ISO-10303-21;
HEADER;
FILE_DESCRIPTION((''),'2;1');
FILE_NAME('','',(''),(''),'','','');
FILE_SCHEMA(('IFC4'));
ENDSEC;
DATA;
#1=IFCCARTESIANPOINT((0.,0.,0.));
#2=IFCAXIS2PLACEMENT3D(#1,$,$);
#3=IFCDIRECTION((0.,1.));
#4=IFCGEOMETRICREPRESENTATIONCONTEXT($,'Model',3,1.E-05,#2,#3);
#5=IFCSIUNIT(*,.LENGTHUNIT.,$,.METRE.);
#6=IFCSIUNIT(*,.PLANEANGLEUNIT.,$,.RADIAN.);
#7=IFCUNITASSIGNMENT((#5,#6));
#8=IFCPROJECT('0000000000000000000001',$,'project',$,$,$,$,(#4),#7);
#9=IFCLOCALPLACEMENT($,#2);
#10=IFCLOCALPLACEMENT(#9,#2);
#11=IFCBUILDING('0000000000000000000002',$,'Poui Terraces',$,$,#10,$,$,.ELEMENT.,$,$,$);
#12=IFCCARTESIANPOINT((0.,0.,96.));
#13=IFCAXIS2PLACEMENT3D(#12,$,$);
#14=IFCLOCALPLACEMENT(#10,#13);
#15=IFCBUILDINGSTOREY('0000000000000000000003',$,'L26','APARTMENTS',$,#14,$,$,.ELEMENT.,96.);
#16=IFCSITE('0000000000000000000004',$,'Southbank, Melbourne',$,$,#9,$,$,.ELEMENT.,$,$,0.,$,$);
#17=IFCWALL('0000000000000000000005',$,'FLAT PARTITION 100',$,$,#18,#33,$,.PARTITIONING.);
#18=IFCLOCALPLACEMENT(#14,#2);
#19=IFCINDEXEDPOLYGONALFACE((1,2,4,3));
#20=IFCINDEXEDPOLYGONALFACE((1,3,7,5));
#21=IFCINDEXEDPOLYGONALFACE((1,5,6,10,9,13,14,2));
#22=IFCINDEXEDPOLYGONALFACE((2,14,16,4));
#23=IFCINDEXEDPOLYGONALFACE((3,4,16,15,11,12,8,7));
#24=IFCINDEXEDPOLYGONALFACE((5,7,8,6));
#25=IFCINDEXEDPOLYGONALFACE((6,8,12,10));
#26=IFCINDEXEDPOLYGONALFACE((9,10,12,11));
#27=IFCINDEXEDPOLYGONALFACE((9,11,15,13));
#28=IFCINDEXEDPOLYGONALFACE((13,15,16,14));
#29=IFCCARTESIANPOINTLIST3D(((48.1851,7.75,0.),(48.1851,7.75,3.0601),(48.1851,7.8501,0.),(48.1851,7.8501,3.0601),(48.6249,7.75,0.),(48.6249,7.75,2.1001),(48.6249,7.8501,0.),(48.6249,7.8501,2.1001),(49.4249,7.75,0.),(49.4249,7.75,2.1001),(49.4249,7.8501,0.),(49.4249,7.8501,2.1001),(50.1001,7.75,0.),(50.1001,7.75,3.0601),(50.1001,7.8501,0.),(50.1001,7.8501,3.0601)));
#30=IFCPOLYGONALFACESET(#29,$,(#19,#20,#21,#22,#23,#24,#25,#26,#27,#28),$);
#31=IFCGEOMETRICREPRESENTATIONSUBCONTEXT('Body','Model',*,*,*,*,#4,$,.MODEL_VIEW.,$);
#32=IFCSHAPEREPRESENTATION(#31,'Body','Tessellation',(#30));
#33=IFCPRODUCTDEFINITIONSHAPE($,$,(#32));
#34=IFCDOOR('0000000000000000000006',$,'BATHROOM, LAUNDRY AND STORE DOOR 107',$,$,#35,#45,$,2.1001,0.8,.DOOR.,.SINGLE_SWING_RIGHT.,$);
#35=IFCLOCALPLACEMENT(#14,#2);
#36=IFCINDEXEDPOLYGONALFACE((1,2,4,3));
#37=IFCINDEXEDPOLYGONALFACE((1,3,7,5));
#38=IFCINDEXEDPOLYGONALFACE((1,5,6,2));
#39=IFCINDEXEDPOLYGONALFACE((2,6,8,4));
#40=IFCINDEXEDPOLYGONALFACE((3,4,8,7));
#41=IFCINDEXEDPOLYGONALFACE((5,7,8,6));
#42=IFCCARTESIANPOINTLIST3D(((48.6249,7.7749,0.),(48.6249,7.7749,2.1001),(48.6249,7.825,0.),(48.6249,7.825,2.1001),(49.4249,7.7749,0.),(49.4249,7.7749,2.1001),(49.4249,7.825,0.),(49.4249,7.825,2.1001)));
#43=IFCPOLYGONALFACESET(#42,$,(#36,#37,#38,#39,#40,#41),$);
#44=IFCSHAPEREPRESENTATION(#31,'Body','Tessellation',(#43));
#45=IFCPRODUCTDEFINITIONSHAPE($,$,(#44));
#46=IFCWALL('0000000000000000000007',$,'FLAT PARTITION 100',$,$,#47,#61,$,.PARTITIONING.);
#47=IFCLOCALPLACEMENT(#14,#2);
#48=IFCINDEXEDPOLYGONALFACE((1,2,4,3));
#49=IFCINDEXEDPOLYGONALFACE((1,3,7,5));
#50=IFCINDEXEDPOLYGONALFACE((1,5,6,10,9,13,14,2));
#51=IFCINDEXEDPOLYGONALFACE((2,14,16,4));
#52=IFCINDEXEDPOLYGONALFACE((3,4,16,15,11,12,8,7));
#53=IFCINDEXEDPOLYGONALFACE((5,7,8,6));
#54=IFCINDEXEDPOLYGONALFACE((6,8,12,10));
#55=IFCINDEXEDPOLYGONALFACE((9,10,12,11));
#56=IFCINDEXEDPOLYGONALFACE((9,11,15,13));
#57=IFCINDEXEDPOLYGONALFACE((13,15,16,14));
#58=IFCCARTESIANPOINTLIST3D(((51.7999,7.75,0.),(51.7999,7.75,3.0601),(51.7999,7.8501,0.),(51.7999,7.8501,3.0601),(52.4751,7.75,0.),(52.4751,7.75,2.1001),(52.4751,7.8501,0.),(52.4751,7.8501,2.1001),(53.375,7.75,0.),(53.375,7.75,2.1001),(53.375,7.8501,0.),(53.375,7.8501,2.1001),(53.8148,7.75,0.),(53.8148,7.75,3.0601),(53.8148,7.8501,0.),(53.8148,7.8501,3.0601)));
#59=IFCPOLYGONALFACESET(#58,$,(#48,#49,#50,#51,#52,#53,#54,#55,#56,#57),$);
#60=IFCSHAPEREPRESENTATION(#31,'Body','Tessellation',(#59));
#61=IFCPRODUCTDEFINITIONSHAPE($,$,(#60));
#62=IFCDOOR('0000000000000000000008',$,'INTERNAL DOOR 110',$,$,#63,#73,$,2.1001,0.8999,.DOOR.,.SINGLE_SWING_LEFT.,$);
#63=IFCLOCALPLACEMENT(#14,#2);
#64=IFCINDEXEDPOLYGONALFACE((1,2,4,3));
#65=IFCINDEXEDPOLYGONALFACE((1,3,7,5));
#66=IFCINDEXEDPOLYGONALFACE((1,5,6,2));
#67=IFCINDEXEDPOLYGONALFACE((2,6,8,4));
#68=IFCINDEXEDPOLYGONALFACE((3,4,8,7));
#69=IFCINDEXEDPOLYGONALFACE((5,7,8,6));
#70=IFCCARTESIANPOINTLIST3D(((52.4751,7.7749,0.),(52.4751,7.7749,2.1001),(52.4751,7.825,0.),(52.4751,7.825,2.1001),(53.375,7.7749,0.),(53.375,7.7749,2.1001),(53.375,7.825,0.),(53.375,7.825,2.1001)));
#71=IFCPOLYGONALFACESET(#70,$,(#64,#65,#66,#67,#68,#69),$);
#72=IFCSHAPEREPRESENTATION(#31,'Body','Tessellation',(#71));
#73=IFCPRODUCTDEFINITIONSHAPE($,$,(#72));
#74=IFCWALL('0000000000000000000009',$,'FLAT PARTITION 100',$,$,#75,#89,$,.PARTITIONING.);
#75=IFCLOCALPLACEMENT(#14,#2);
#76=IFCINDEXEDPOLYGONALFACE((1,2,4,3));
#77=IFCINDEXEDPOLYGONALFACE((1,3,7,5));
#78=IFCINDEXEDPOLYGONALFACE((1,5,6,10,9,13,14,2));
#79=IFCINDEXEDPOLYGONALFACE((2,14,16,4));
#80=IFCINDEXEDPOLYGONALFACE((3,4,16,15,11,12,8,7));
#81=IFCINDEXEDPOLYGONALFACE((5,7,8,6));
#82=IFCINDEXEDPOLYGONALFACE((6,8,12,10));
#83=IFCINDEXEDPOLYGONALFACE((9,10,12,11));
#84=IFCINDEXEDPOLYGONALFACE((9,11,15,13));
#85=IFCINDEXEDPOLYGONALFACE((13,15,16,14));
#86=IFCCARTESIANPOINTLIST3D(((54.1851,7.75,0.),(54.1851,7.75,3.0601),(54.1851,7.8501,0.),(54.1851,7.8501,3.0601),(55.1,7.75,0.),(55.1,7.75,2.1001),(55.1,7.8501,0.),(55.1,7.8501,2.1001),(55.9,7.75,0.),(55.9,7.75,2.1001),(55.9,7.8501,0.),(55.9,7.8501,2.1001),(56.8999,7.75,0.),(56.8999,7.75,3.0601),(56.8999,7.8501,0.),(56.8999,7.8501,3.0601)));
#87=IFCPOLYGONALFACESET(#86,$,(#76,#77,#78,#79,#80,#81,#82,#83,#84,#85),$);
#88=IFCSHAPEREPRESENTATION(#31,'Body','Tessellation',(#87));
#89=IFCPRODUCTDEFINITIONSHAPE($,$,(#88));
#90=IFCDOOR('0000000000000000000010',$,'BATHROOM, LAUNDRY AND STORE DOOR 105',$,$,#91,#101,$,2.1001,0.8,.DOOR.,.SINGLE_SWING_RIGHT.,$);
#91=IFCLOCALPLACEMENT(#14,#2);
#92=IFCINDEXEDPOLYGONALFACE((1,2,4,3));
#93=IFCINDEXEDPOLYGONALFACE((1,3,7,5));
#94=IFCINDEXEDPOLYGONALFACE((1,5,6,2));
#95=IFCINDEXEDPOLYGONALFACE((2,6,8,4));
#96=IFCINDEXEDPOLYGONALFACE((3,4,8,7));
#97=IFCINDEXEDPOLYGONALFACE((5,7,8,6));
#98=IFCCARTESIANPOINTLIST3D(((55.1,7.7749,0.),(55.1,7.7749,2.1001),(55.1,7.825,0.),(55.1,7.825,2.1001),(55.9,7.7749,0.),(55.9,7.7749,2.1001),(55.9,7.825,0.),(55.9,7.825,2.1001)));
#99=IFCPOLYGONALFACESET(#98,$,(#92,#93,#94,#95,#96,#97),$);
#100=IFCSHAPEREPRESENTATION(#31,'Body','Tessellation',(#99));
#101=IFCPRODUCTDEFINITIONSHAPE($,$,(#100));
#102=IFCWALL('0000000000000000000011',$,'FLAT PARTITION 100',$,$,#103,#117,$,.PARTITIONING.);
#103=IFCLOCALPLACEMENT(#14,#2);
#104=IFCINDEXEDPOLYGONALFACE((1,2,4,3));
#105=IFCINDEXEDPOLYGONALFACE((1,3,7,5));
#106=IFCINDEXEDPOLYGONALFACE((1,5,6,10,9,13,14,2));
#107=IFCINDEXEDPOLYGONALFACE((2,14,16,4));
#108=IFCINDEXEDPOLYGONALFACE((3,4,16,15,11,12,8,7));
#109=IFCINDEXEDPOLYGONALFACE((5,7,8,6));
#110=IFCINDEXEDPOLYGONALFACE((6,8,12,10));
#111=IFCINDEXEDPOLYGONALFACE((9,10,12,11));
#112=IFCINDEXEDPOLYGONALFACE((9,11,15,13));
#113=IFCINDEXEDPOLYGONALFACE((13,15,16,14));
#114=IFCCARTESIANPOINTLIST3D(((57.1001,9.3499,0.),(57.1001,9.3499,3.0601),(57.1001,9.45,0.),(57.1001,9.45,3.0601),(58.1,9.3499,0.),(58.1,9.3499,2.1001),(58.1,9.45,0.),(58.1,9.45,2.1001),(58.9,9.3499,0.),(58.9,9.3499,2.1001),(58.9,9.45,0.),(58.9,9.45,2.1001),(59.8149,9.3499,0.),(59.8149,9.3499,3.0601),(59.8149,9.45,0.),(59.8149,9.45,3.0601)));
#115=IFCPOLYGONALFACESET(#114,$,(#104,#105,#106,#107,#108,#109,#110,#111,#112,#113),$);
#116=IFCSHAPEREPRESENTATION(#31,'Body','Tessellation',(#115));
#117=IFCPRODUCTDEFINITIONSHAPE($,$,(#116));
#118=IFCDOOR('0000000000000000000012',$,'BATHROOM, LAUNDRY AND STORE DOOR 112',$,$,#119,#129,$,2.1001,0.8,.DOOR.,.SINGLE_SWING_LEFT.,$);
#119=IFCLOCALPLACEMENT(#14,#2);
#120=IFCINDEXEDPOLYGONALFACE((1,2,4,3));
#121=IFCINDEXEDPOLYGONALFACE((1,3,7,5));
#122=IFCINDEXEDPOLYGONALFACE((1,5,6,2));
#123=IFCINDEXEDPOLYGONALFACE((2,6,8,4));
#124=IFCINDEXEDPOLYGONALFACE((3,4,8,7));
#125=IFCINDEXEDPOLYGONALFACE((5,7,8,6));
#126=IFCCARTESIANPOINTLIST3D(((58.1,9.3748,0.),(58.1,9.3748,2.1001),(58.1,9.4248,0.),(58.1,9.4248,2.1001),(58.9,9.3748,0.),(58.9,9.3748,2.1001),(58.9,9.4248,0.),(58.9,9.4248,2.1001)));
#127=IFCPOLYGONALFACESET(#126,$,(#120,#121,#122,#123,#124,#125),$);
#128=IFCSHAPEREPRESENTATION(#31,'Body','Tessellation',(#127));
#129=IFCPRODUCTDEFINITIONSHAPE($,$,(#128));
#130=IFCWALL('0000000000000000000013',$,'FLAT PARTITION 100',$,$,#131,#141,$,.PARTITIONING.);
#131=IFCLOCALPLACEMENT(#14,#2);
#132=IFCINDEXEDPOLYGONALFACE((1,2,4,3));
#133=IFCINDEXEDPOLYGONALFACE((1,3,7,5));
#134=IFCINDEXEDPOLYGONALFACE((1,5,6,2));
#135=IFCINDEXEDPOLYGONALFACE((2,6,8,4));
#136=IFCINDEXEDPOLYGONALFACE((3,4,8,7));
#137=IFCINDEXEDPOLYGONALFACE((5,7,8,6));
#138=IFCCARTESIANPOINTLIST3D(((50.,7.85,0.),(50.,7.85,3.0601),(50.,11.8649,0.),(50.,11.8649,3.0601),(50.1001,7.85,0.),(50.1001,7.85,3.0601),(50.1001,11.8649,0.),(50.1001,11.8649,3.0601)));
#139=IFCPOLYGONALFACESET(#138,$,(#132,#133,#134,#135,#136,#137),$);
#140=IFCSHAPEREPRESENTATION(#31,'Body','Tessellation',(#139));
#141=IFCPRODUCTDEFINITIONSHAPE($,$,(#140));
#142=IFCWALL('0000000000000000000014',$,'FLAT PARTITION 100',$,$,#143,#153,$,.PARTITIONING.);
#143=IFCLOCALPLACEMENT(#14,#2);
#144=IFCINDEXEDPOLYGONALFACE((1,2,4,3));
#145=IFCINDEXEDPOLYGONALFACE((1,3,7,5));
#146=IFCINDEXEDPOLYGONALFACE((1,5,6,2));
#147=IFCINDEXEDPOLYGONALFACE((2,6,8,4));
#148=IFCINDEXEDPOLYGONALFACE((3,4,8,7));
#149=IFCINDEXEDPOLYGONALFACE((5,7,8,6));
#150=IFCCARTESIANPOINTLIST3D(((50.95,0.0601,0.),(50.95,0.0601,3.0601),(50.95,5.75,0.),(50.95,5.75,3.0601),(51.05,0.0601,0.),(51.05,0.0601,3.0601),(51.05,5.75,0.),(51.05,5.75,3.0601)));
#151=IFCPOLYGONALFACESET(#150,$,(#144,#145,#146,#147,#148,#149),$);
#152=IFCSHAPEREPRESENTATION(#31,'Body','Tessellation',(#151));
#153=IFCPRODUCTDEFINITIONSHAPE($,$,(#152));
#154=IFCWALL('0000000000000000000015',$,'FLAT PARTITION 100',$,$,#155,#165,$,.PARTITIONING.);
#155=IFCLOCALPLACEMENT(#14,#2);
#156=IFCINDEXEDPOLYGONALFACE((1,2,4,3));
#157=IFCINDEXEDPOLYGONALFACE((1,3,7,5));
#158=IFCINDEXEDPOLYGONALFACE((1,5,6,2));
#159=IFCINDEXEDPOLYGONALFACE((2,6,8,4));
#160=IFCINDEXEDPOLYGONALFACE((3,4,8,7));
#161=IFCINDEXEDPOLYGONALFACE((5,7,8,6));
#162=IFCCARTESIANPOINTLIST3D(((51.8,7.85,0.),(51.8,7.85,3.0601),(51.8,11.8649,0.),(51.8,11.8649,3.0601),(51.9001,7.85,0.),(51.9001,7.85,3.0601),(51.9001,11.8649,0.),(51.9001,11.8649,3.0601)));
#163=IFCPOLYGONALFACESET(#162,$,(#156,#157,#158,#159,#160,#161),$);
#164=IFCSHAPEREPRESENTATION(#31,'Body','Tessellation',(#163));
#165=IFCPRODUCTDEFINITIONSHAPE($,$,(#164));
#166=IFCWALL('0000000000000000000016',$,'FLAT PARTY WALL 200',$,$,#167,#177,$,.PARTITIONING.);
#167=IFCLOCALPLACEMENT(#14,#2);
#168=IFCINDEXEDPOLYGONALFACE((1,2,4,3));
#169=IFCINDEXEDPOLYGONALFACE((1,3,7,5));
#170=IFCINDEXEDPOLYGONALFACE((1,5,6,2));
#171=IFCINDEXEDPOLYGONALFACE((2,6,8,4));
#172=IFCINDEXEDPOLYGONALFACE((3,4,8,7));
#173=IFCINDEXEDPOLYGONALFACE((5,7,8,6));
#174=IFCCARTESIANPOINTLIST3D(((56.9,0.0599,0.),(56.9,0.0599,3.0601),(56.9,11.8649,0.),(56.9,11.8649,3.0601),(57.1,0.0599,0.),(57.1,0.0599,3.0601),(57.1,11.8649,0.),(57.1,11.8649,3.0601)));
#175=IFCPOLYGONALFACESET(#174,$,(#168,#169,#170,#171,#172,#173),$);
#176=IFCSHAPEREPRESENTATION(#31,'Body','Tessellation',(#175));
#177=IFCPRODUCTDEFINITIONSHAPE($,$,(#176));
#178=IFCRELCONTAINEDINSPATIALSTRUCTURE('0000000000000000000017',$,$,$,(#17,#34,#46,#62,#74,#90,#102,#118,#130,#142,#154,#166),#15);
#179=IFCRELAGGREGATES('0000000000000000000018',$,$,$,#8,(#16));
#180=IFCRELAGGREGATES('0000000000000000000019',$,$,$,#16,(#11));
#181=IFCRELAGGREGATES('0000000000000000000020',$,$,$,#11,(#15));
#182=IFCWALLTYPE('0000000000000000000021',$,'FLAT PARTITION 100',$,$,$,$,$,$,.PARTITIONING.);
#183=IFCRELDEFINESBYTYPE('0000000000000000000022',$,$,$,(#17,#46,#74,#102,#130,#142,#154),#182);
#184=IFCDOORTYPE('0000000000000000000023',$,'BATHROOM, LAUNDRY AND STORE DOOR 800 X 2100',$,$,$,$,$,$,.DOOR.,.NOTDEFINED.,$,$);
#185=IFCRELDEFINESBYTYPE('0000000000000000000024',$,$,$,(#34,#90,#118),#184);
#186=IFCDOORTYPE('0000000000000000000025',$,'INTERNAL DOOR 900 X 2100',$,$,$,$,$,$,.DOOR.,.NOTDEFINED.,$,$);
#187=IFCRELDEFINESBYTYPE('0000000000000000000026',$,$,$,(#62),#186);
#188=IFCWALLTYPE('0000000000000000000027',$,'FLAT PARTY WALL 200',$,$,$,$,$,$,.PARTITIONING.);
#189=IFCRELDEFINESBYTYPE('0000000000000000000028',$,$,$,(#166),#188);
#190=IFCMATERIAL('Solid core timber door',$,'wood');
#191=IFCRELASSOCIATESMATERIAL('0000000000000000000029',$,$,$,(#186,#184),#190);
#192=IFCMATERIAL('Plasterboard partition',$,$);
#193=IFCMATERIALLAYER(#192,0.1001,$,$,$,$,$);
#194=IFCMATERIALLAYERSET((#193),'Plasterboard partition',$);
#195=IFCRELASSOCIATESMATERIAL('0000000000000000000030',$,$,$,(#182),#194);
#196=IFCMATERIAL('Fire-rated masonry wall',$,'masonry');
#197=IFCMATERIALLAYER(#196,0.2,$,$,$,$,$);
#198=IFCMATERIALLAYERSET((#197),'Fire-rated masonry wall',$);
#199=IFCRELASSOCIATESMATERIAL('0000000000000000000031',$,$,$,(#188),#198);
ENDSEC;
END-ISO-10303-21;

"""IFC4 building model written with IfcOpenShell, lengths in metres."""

from ifc_helpers import new_model, si_unit, direction, frame, frame_2d, origin, place, context, subcontext, project, spatial, rectangle, extrude, material, layer, layer_set, type_object, element, fill, save


model = new_model("IFC4")

# Units and contexts
model_context = context("Model", 3, precision=1e-05, world=origin(), true_north=direction((0.0, 1.0)))
body_context = subcontext(model_context, "Body", "Model", "MODEL_VIEW")
ifc_project = project(units=[si_unit("LENGTHUNIT", "METRE"), si_unit("PLANEANGLEUNIT", "RADIAN")], contexts=[model_context])

# Site, building, storey
site_placement = place(None, origin())
site = spatial("IfcSite", under=ifc_project, at=site_placement, Name="Southbank, Melbourne", CompositionType="ELEMENT", RefElevation=0.0)
building_placement = place(site_placement, origin())
building = spatial("IfcBuilding", under=site, at=building_placement, Name="Poui Terraces", CompositionType="ELEMENT")
storey_placement = place(building_placement, frame((0.0, 0.0, 96.0)))
storey = spatial("IfcBuildingStorey", under=building, at=storey_placement, Name="L26", Description="APARTMENTS", CompositionType="ELEMENT", Elevation=96.0)

# Walls, openings, doors
ifc_material_1 = material(Name="Solid core timber door", Category="wood")
door_type_1 = type_object("IfcDoorType", Name="INTERNAL DOOR 900 X 2100", OperationType="NOTDEFINED", PredefinedType="DOOR", material=ifc_material_1)
ifc_material_2 = material(Name="Plasterboard partition")
ifc_layer_1 = layer(ifc_material_2, 0.1001)
ifc_layer_set_1 = layer_set([ifc_layer_1], Name="Plasterboard partition")
wall_type_1 = type_object("IfcWallType", Name="FLAT PARTITION 100", PredefinedType="PARTITIONING", material=ifc_layer_set_1)
wall_1_placement = place(storey_placement, frame((48.1851, 7.8, 0.0), z_axis=(0.0, 0.0, 1.0), x_axis=(1.0, 0.0, 0.0)))
wall_1 = element("IfcWall", 1, at=wall_1_placement, inside=storey, type_object=wall_type_1, Name="FLAT PARTITION 100", PredefinedType="PARTITIONING", context=body_context, shape_type="SweptSolid", body=[
    extrude(rectangle(XDim=1.915, YDim=0.1001, at=frame_2d((0.9575, 0.0))), origin(), (0.0, 0.0, 1.0), 3.0601),
])
opening_1_placement = place(wall_1_placement, frame((0.4399, 0.0, 0.0)))
opening_1 = element("IfcOpeningElement", 2, at=opening_1_placement, cuts=wall_1, PredefinedType="OPENING", context=body_context, shape_type="SweptSolid", body=[
    extrude(rectangle(XDim=0.8, YDim=2.1001, at=frame_2d((0.3999, 1.05))), frame((0.0, 0.0601, 0.0), z_axis=(0.0, -1.0, 0.0), x_axis=(1.0, 0.0, 0.0)), (0.0, 0.0, 1.0), 0.1201),
])
door_type_2 = type_object("IfcDoorType", Name="BATHROOM, LAUNDRY AND STORE DOOR 800 X 2100", OperationType="NOTDEFINED", PredefinedType="DOOR", material=ifc_material_1)
door_1_placement = place(opening_1_placement, origin())
door_1 = element("IfcDoor", 3, at=door_1_placement, inside=storey, type_object=door_type_2, Name="BATHROOM, LAUNDRY AND STORE DOOR 107", OperationType="SINGLE_SWING_RIGHT", OverallHeight=2.1001, OverallWidth=0.8, PredefinedType="DOOR", context=body_context, shape_type="SweptSolid", body=[
    extrude(rectangle(XDim=0.8, YDim=2.1001, at=frame_2d((0.3999, 1.05))), frame((0.0, 0.0249, 0.0), z_axis=(0.0, -1.0, 0.0), x_axis=(1.0, 0.0, 0.0)), (0.0, 0.0, 1.0), 0.05),
])
fill(opening_1, door_1)
wall_2_placement = place(storey_placement, frame((51.8, 7.8, 0.0), z_axis=(0.0, 0.0, 1.0), x_axis=(1.0, 0.0, 0.0)))
wall_2 = element("IfcWall", 4, at=wall_2_placement, inside=storey, type_object=wall_type_1, Name="FLAT PARTITION 100", PredefinedType="PARTITIONING", context=body_context, shape_type="SweptSolid", body=[
    extrude(rectangle(XDim=2.0149, YDim=0.1001, at=frame_2d((1.0073, 0.0))), origin(), (0.0, 0.0, 1.0), 3.0601),
])
opening_2_placement = place(wall_2_placement, frame((0.675, 0.0, 0.0)))
opening_2 = element("IfcOpeningElement", 5, at=opening_2_placement, cuts=wall_2, PredefinedType="OPENING", context=body_context, shape_type="SweptSolid", body=[
    extrude(rectangle(XDim=0.8999, YDim=2.1001, at=frame_2d((0.45, 1.05))), frame((0.0, 0.0601, 0.0), z_axis=(0.0, -1.0, 0.0), x_axis=(1.0, 0.0, 0.0)), (0.0, 0.0, 1.0), 0.1201),
])
door_2_placement = place(opening_2_placement, origin())
door_2 = element("IfcDoor", 6, at=door_2_placement, inside=storey, type_object=door_type_1, Name="INTERNAL DOOR 110", OperationType="SINGLE_SWING_LEFT", OverallHeight=2.1001, OverallWidth=0.8999, PredefinedType="DOOR", context=body_context, shape_type="SweptSolid", body=[
    extrude(rectangle(XDim=0.8999, YDim=2.1001, at=frame_2d((0.45, 1.05))), frame((0.0, 0.0249, 0.0), z_axis=(0.0, -1.0, 0.0), x_axis=(1.0, 0.0, 0.0)), (0.0, 0.0, 1.0), 0.05),
])
fill(opening_2, door_2)
wall_3_placement = place(storey_placement, frame((54.1851, 7.8, 0.0), z_axis=(0.0, 0.0, 1.0), x_axis=(1.0, 0.0, 0.0)))
wall_3 = element("IfcWall", 7, at=wall_3_placement, inside=storey, type_object=wall_type_1, Name="FLAT PARTITION 100", PredefinedType="PARTITIONING", context=body_context, shape_type="SweptSolid", body=[
    extrude(rectangle(XDim=2.7148, YDim=0.1001, at=frame_2d((1.3574, 0.0))), origin(), (0.0, 0.0, 1.0), 3.0601),
])
opening_3_placement = place(wall_3_placement, frame((0.915, 0.0, 0.0)))
opening_3 = element("IfcOpeningElement", 8, at=opening_3_placement, cuts=wall_3, PredefinedType="OPENING", context=body_context, shape_type="SweptSolid", body=[
    extrude(rectangle(XDim=0.8, YDim=2.1001, at=frame_2d((0.3999, 1.05))), frame((0.0, 0.0601, 0.0), z_axis=(0.0, -1.0, 0.0), x_axis=(1.0, 0.0, 0.0)), (0.0, 0.0, 1.0), 0.1201),
])
door_3_placement = place(opening_3_placement, origin())
door_3 = element("IfcDoor", 9, at=door_3_placement, inside=storey, type_object=door_type_2, Name="BATHROOM, LAUNDRY AND STORE DOOR 105", OperationType="SINGLE_SWING_RIGHT", OverallHeight=2.1001, OverallWidth=0.8, PredefinedType="DOOR", context=body_context, shape_type="SweptSolid", body=[
    extrude(rectangle(XDim=0.8, YDim=2.1001, at=frame_2d((0.3999, 1.05))), frame((0.0, 0.0249, 0.0), z_axis=(0.0, -1.0, 0.0), x_axis=(1.0, 0.0, 0.0)), (0.0, 0.0, 1.0), 0.05),
])
fill(opening_3, door_3)
wall_4_placement = place(storey_placement, frame((57.1001, 9.3999, 0.0), z_axis=(0.0, 0.0, 1.0), x_axis=(1.0, 0.0, 0.0)))
wall_4 = element("IfcWall", 10, at=wall_4_placement, inside=storey, type_object=wall_type_1, Name="FLAT PARTITION 100", PredefinedType="PARTITIONING", context=body_context, shape_type="SweptSolid", body=[
    extrude(rectangle(XDim=2.7148, YDim=0.1001, at=frame_2d((1.3574, 0.0))), origin(), (0.0, 0.0, 1.0), 3.0601),
])
opening_4_placement = place(wall_4_placement, frame((1.0, 0.0, 0.0)))
opening_4 = element("IfcOpeningElement", 11, at=opening_4_placement, cuts=wall_4, PredefinedType="OPENING", context=body_context, shape_type="SweptSolid", body=[
    extrude(rectangle(XDim=0.8, YDim=2.1001, at=frame_2d((0.3999, 1.05))), frame((0.0, 0.0601, 0.0), z_axis=(0.0, -1.0, 0.0), x_axis=(1.0, 0.0, 0.0)), (0.0, 0.0, 1.0), 0.1201),
])
door_4_placement = place(opening_4_placement, origin())
door_4 = element("IfcDoor", 12, at=door_4_placement, inside=storey, type_object=door_type_2, Name="BATHROOM, LAUNDRY AND STORE DOOR 112", OperationType="SINGLE_SWING_LEFT", OverallHeight=2.1001, OverallWidth=0.8, PredefinedType="DOOR", context=body_context, shape_type="SweptSolid", body=[
    extrude(rectangle(XDim=0.8, YDim=2.1001, at=frame_2d((0.3999, 1.05))), frame((0.0, 0.0249, 0.0), z_axis=(0.0, -1.0, 0.0), x_axis=(1.0, 0.0, 0.0)), (0.0, 0.0, 1.0), 0.05),
])
fill(opening_4, door_4)

# Walls
wall_5_placement = place(storey_placement, frame((50.05, 7.8501, 0.0), z_axis=(0.0, 0.0, 1.0), x_axis=(0.0, 1.0, 0.0)))
element("IfcWall", 13, at=wall_5_placement, inside=storey, type_object=wall_type_1, Name="FLAT PARTITION 100", PredefinedType="PARTITIONING", context=body_context, shape_type="SweptSolid", body=[
    extrude(rectangle(XDim=4.0149, YDim=0.1001, at=frame_2d((2.0073, 0.0))), origin(), (0.0, 0.0, 1.0), 3.0601),
])
wall_6_placement = place(storey_placement, frame((51.0, 0.0601, 0.0), z_axis=(0.0, 0.0, 1.0), x_axis=(0.0, 1.0, 0.0)))
element("IfcWall", 14, at=wall_6_placement, inside=storey, type_object=wall_type_1, Name="FLAT PARTITION 100", PredefinedType="PARTITIONING", context=body_context, shape_type="SweptSolid", body=[
    extrude(rectangle(XDim=5.6899, YDim=0.1001, at=frame_2d((2.845, 0.0))), origin(), (0.0, 0.0, 1.0), 3.0601),
])
wall_7_placement = place(storey_placement, frame((51.8501, 7.8501, 0.0), z_axis=(0.0, 0.0, 1.0), x_axis=(0.0, 1.0, 0.0)))
element("IfcWall", 15, at=wall_7_placement, inside=storey, type_object=wall_type_1, Name="FLAT PARTITION 100", PredefinedType="PARTITIONING", context=body_context, shape_type="SweptSolid", body=[
    extrude(rectangle(XDim=4.0149, YDim=0.1001, at=frame_2d((2.0073, 0.0))), origin(), (0.0, 0.0, 1.0), 3.0601),
])
ifc_material_3 = material(Name="Fire-rated masonry wall", Category="masonry")
ifc_layer_2 = layer(ifc_material_3, 0.2)
ifc_layer_set_2 = layer_set([ifc_layer_2], Name="Fire-rated masonry wall")
wall_type_2 = type_object("IfcWallType", Name="FLAT PARTY WALL 200", PredefinedType="PARTITIONING", material=ifc_layer_set_2)
wall_8_placement = place(storey_placement, frame((57.0, 0.0601, 0.0), z_axis=(0.0, 0.0, 1.0), x_axis=(0.0, 1.0, 0.0)))
element("IfcWall", 16, at=wall_8_placement, inside=storey, type_object=wall_type_2, Name="FLAT PARTY WALL 200", PredefinedType="PARTITIONING", context=body_context, shape_type="SweptSolid", body=[
    extrude(rectangle(XDim=11.8049, YDim=0.2, at=frame_2d((5.9023, 0.0))), origin(), (0.0, 0.0, 1.0), 3.0601),
])

save(model, "model.ifc")
